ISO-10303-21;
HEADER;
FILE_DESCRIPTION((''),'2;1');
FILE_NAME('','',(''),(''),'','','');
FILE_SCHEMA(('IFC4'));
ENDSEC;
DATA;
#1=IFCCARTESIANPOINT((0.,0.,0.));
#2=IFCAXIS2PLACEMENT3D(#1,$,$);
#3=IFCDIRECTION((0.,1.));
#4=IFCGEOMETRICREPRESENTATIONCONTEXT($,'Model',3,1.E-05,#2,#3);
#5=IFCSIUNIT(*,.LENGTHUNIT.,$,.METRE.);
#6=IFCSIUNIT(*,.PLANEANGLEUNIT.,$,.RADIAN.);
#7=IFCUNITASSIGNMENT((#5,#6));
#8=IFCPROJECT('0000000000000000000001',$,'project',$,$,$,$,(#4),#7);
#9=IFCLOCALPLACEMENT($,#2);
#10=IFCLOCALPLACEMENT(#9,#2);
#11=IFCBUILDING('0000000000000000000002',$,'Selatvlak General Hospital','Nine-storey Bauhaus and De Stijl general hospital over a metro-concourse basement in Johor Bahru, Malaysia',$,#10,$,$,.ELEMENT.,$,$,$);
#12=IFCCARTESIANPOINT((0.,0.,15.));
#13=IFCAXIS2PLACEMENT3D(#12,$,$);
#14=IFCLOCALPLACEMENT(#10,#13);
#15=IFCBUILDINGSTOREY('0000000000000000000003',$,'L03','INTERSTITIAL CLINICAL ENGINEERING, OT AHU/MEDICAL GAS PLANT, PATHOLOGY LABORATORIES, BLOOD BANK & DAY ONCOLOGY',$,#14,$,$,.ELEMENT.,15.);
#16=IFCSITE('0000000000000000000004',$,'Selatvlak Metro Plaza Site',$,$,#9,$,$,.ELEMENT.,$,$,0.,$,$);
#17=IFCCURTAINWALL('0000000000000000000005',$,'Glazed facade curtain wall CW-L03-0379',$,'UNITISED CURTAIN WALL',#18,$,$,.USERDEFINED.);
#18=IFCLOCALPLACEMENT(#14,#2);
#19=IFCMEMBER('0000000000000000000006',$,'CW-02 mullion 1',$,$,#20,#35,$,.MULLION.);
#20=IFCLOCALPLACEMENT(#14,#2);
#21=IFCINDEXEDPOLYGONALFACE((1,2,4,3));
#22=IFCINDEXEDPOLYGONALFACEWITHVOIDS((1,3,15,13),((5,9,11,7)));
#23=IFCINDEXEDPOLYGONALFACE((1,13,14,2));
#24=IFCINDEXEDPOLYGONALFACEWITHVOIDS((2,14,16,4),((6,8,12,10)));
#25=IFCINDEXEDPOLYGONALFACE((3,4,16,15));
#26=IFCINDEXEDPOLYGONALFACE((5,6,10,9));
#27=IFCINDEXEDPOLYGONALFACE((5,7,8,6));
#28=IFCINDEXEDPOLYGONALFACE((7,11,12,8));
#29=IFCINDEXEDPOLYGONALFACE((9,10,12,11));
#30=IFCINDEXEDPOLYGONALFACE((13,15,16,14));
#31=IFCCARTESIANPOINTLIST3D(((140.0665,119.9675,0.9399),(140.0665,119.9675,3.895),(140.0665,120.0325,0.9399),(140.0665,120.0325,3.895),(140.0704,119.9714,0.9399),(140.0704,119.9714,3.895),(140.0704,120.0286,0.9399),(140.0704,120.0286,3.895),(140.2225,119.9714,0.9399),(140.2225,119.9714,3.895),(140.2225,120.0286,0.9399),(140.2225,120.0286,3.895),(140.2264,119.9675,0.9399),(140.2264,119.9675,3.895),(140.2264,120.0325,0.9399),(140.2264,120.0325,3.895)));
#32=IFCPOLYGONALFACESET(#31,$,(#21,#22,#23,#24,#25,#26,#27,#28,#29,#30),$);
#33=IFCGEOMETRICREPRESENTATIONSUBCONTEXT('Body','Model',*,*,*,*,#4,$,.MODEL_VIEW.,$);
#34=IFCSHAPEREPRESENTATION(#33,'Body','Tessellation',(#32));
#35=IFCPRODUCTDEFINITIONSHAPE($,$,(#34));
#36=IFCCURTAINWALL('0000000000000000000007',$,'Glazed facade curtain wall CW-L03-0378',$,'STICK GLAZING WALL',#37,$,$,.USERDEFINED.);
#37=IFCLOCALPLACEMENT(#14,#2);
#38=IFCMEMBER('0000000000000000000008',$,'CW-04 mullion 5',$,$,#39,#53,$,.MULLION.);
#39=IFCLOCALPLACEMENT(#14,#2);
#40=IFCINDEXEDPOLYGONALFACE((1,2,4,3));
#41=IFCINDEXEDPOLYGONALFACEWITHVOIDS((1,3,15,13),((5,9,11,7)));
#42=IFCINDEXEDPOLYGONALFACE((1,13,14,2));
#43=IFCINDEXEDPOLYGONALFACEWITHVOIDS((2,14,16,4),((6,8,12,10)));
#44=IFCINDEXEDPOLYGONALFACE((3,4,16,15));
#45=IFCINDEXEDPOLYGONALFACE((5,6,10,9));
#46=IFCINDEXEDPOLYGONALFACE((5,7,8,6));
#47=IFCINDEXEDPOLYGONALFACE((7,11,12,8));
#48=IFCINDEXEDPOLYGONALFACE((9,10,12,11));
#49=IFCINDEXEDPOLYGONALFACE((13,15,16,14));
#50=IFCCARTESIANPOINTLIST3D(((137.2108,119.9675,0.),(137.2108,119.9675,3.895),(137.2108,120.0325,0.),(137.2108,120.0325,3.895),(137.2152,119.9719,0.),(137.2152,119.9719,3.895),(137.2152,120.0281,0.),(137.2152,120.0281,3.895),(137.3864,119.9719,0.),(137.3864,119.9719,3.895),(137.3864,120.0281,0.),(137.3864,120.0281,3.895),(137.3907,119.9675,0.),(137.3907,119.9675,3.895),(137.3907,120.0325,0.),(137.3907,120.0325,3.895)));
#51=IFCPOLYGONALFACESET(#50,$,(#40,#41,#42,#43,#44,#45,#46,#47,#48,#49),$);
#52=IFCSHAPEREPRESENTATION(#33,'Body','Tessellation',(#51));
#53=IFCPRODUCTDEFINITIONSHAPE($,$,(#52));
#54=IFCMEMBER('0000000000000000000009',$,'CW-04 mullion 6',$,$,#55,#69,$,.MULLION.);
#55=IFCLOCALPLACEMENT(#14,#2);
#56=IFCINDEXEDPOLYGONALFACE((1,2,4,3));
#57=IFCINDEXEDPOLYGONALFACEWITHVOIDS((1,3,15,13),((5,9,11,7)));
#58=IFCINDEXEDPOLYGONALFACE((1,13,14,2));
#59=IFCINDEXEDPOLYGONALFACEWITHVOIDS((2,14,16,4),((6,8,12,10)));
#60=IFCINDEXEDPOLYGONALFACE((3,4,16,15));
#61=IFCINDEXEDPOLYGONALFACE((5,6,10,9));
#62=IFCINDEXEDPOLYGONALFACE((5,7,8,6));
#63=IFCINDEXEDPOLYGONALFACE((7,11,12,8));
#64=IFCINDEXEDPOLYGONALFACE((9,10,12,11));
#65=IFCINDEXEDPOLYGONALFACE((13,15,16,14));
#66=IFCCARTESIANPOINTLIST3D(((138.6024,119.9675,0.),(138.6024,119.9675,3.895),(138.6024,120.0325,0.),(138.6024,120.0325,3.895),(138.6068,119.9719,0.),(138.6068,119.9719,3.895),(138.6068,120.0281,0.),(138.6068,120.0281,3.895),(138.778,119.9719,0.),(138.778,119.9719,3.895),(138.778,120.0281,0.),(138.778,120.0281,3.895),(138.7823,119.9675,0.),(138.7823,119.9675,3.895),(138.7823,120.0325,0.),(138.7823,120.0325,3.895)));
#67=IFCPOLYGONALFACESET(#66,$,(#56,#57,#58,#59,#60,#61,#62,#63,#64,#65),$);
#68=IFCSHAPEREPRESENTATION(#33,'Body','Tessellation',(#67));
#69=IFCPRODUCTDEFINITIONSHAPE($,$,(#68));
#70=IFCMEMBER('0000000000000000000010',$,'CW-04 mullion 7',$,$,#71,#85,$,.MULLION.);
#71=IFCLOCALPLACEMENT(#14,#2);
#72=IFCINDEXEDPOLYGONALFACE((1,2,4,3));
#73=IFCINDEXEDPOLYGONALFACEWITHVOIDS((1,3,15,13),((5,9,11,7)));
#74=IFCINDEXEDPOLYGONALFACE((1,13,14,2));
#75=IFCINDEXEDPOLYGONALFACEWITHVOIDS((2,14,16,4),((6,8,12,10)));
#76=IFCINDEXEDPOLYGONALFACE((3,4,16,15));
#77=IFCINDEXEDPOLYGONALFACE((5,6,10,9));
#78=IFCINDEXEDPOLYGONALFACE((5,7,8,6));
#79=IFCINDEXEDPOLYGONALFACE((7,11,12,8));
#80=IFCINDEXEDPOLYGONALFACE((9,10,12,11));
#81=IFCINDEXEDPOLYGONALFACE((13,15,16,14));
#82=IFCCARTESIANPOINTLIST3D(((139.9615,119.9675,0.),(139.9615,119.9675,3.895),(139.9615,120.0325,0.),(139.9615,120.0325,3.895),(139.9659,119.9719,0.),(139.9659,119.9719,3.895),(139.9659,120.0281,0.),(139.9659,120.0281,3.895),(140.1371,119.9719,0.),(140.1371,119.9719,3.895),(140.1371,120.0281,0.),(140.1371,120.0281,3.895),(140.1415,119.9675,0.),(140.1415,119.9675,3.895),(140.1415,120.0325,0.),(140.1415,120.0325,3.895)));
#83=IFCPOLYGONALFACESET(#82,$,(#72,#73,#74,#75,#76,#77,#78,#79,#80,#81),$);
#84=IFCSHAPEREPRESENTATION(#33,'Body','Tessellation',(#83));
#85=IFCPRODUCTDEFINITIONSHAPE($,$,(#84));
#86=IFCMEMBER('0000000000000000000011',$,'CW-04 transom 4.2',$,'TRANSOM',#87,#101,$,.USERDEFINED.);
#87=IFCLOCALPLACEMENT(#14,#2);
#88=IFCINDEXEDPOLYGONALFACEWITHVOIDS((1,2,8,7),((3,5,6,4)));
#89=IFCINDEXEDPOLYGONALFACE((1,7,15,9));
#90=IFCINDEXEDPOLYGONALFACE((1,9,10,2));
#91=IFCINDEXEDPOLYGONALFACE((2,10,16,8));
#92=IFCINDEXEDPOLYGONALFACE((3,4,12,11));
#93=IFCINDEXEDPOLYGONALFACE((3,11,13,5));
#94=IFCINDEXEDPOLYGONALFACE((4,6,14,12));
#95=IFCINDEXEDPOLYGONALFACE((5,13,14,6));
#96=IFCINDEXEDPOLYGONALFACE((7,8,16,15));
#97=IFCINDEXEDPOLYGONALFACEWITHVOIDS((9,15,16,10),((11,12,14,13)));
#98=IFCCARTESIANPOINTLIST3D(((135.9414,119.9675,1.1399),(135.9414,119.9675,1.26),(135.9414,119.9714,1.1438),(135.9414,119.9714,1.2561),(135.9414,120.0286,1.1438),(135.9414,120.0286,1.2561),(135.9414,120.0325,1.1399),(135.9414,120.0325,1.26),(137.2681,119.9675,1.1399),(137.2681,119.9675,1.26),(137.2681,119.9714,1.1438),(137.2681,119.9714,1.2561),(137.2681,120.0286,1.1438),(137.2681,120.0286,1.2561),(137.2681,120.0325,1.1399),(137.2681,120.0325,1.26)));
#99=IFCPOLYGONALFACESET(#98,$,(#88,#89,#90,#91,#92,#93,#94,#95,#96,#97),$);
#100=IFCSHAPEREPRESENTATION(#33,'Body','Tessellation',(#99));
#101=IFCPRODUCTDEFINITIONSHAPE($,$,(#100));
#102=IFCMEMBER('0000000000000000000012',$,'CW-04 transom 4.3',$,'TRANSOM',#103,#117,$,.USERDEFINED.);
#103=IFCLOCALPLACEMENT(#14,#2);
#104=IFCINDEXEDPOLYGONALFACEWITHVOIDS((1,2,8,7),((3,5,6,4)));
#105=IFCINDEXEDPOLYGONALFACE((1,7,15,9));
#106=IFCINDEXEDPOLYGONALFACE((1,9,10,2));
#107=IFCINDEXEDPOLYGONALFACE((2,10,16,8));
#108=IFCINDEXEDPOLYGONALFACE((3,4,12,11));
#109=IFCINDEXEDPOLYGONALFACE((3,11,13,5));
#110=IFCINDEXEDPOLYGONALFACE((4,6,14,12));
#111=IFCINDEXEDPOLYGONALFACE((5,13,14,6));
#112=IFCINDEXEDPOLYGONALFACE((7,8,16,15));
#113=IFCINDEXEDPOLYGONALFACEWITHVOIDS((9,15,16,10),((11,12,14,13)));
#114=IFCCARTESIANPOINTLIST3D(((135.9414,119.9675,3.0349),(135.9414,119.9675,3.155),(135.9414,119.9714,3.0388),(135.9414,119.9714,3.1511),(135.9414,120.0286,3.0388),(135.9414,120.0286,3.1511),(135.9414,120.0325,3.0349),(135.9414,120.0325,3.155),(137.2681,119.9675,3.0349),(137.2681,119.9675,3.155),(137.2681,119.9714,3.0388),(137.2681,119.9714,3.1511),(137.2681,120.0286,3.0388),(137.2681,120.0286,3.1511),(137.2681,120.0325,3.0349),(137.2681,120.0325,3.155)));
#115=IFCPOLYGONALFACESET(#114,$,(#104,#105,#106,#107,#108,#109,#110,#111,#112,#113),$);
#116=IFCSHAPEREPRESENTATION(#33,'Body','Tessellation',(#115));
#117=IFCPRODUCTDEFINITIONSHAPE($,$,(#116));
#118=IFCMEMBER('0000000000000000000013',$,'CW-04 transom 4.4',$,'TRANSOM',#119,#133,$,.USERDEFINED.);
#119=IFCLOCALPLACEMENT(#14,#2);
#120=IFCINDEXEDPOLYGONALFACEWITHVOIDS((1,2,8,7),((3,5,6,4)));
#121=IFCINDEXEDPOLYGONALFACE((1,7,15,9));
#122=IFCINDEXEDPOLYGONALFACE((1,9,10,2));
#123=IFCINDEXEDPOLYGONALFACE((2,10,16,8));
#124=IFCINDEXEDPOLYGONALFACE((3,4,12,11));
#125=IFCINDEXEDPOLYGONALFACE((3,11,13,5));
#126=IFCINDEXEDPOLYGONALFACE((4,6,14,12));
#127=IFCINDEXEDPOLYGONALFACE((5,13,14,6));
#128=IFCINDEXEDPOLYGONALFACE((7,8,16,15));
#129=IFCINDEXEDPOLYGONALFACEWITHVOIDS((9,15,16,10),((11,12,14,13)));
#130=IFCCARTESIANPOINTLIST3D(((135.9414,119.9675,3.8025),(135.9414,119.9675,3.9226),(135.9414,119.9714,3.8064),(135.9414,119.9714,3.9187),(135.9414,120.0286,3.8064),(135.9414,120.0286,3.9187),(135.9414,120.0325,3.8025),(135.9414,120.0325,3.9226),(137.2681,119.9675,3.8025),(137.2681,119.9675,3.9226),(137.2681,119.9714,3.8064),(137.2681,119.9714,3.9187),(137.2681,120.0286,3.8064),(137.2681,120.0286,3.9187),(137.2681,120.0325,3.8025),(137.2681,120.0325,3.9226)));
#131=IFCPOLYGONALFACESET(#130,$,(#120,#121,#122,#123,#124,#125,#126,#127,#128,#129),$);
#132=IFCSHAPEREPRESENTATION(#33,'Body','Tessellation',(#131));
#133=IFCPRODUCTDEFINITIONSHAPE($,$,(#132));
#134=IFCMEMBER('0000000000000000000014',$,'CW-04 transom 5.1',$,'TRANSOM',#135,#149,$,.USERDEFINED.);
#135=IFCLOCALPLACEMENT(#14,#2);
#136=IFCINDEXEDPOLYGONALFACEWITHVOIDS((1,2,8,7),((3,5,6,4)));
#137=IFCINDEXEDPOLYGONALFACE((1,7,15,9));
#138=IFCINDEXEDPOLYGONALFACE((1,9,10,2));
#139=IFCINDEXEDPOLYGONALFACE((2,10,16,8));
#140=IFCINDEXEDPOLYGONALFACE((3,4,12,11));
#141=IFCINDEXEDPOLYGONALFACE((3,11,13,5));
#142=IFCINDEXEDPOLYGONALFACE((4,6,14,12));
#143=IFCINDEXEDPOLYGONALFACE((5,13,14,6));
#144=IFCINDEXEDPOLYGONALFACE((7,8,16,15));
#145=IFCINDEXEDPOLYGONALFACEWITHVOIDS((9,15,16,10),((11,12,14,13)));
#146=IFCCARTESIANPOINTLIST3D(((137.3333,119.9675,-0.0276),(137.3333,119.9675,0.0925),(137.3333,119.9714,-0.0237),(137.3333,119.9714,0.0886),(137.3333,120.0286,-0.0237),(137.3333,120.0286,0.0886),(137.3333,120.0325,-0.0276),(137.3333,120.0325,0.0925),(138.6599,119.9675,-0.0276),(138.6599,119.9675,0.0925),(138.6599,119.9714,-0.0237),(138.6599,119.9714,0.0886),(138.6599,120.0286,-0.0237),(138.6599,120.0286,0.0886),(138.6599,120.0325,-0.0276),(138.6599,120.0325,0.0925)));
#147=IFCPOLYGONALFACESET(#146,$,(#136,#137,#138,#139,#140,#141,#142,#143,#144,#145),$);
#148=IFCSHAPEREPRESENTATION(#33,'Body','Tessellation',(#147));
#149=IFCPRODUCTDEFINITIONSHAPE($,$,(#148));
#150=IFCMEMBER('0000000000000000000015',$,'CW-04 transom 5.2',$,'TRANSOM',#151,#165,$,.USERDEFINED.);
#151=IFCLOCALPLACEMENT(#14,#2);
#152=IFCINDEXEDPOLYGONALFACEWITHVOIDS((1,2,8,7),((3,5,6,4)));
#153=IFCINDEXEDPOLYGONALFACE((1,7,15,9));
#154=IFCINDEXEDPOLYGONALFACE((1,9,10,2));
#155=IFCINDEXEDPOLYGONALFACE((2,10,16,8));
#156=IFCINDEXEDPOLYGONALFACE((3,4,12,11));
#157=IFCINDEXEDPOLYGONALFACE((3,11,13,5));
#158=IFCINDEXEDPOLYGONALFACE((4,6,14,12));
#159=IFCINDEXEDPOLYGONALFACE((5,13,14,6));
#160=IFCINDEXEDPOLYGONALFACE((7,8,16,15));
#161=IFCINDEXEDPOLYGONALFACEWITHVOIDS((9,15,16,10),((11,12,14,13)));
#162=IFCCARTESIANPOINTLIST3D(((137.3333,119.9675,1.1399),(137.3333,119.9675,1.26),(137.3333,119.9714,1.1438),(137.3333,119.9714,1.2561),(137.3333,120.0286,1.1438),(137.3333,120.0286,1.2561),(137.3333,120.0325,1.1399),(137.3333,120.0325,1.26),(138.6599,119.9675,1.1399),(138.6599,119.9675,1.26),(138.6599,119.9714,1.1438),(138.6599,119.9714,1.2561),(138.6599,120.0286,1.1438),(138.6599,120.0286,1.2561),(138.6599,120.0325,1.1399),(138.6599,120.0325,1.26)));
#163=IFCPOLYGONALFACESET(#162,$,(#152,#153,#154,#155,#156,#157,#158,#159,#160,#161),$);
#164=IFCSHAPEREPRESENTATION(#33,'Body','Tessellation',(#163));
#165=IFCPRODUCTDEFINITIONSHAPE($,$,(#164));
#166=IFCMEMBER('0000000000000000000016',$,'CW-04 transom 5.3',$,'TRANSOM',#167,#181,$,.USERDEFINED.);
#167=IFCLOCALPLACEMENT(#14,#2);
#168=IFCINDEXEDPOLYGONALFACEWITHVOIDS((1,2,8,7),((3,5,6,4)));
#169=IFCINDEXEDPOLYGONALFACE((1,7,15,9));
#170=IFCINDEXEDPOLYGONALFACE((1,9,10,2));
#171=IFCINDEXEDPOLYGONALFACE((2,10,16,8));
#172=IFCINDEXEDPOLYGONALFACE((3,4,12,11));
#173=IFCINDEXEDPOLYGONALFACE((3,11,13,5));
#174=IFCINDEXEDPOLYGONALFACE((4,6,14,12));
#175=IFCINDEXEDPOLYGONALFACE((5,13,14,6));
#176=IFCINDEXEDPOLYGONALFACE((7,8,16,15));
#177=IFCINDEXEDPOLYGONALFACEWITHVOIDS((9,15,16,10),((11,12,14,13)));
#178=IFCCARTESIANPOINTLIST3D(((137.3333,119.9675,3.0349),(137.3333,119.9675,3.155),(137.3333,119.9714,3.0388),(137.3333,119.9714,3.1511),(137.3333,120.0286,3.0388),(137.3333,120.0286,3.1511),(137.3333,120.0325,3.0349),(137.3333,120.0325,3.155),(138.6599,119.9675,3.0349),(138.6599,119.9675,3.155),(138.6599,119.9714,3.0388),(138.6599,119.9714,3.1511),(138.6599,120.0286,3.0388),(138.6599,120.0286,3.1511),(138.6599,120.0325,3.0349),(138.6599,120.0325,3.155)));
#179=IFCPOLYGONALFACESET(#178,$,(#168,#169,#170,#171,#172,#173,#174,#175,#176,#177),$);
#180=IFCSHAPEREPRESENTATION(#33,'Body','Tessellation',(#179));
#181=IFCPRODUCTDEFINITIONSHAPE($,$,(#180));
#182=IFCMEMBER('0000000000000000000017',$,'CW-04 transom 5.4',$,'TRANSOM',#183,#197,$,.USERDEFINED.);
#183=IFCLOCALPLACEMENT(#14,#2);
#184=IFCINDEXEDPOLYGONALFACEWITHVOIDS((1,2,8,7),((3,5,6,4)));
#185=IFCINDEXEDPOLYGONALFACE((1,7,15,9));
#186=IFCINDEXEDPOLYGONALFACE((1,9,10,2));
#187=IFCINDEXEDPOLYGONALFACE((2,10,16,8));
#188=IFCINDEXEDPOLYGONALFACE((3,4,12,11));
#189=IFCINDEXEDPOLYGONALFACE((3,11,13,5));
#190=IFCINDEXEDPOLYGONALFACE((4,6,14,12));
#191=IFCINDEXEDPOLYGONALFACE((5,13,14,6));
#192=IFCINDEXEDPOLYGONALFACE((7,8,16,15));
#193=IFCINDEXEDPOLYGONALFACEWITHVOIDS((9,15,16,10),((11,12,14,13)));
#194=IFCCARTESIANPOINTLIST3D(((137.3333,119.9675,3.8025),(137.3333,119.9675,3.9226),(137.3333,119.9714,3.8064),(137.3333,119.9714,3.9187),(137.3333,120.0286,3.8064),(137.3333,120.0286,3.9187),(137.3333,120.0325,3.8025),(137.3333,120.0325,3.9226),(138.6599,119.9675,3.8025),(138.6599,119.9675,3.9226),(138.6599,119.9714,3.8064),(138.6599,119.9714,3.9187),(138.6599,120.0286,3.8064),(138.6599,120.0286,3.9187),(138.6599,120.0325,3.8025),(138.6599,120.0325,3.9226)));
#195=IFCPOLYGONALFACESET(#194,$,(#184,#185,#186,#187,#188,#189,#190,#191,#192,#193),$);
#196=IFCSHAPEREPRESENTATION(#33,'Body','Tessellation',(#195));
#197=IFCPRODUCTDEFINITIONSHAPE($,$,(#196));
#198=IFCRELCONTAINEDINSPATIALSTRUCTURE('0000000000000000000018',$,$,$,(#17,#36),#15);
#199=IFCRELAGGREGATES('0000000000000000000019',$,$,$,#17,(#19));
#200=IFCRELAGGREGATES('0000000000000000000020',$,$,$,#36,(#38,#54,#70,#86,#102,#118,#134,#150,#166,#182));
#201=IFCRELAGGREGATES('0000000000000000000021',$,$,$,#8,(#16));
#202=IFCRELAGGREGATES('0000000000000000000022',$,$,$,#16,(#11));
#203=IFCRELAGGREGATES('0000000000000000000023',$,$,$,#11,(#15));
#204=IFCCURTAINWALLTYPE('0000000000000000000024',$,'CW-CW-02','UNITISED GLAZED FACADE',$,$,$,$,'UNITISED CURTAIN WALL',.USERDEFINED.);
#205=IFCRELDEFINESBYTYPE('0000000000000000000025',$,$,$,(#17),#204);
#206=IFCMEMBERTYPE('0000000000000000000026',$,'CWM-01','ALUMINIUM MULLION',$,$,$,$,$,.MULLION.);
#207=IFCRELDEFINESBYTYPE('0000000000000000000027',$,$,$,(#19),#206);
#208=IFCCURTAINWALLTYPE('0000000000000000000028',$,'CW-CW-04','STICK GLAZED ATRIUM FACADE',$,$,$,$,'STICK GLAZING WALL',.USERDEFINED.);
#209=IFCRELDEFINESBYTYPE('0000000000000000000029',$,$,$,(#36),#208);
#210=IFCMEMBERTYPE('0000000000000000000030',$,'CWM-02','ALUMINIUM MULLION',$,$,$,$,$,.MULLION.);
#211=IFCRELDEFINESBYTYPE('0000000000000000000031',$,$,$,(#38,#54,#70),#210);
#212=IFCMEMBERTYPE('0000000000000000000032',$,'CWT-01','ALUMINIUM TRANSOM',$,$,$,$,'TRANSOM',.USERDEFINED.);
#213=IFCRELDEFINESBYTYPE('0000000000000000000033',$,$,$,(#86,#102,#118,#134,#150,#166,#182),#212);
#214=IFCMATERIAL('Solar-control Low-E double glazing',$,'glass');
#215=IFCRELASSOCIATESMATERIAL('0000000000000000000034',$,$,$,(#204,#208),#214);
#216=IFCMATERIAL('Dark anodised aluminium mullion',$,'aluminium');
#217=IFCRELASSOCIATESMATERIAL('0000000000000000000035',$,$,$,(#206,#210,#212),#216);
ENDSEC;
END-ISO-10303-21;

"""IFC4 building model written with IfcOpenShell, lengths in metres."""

from ifc_helpers import new_model, si_unit, direction, frame, origin, origin_2d, place, context, subcontext, project, spatial, hollow_rectangle, extrude, material, material_profile, profile_set, type_object, element, aggregate, save


model = new_model("IFC4")

# Units and contexts
model_context = context("Model", 3, precision=1e-05, world=origin(), true_north=direction((0.0, 1.0)))
body_context = subcontext(model_context, "Body", "Model", "MODEL_VIEW")
ifc_project = project(units=[si_unit("LENGTHUNIT", "METRE"), si_unit("PLANEANGLEUNIT", "RADIAN")], contexts=[model_context])

# Site, building, storey
site_placement = place(None, origin())
site = spatial("IfcSite", under=ifc_project, at=site_placement, Name="Selatvlak Metro Plaza Site", CompositionType="ELEMENT", RefElevation=0.0)
building_placement = place(site_placement, origin())
building = spatial("IfcBuilding", under=site, at=building_placement, Name="Selatvlak General Hospital", Description="Nine-storey Bauhaus and De Stijl general hospital over a metro-concourse basement in Johor Bahru, Malaysia", CompositionType="ELEMENT")
storey_placement = place(building_placement, frame((0.0, 0.0, 15.0)))
storey = spatial("IfcBuildingStorey", under=building, at=storey_placement, Name="L03", Description="INTERSTITIAL CLINICAL ENGINEERING, OT AHU/MEDICAL GAS PLANT, PATHOLOGY LABORATORIES, BLOOD BANK & DAY ONCOLOGY", CompositionType="ELEMENT", Elevation=15.0)

# Curtain wall, member
ifc_material_1 = material(Name="Solar-control Low-E double glazing", Category="glass")
curtain_wall_type_1 = type_object("IfcCurtainWallType", Name="CW-CW-02", Description="UNITISED GLAZED FACADE", ElementType="UNITISED CURTAIN WALL", PredefinedType="USERDEFINED", material=ifc_material_1)
curtain_wall_1_placement = place(storey_placement, origin())
curtain_wall_1 = element("IfcCurtainWall", 1, at=curtain_wall_1_placement, inside=storey, type_object=curtain_wall_type_1, Name="Glazed facade curtain wall CW-L03-0379", ObjectType="UNITISED CURTAIN WALL", PredefinedType="USERDEFINED")
ifc_material_2 = material(Name="Dark anodised aluminium mullion", Category="aluminium")
ifc_material_profile_1 = material_profile(ifc_material_2, hollow_rectangle(XDim=0.0649, YDim=0.1599, WallThickness=0.0039, at=origin_2d()), Name="AL-MUL 65x160x4")
ifc_profile_set_1 = profile_set([ifc_material_profile_1], Name="Dark anodised aluminium mullion")
member_type_1 = type_object("IfcMemberType", Name="CWM-01", Description="ALUMINIUM MULLION", PredefinedType="MULLION", material=ifc_profile_set_1)
member_1_placement = place(storey_placement, frame((140.1465, 120.0, 0.9399), z_axis=(0.0, 0.0, 1.0), x_axis=(0.0, 1.0, 0.0)))
member_1 = element("IfcMember", 2, at=member_1_placement, type_object=member_type_1, Name="CW-02 mullion 1", PredefinedType="MULLION", context=body_context, shape_type="SweptSolid", body=[
    extrude(hollow_rectangle(XDim=0.0649, YDim=0.1599, WallThickness=0.0039, at=origin_2d()), origin(), (0.0, 0.0, 1.0), 2.9551),
])

# Curtain wall, members
curtain_wall_type_2 = type_object("IfcCurtainWallType", Name="CW-CW-04", Description="STICK GLAZED ATRIUM FACADE", ElementType="STICK GLAZING WALL", PredefinedType="USERDEFINED", material=ifc_material_1)
curtain_wall_2_placement = place(storey_placement, origin())
curtain_wall_2 = element("IfcCurtainWall", 3, at=curtain_wall_2_placement, inside=storey, type_object=curtain_wall_type_2, Name="Glazed facade curtain wall CW-L03-0378", ObjectType="STICK GLAZING WALL", PredefinedType="USERDEFINED")
ifc_material_profile_2 = material_profile(ifc_material_2, hollow_rectangle(XDim=0.0649, YDim=0.1799, WallThickness=0.0044, at=origin_2d()), Name="AL-MUL 65x180x4.5")
ifc_profile_set_2 = profile_set([ifc_material_profile_2], Name="Dark anodised aluminium mullion")
member_type_2 = type_object("IfcMemberType", Name="CWM-02", Description="ALUMINIUM MULLION", PredefinedType="MULLION", material=ifc_profile_set_2)
member_2_placement = place(storey_placement, frame((137.3008, 120.0, 0.0), z_axis=(0.0, 0.0, 1.0), x_axis=(0.0, 1.0, 0.0)))
member_2 = element("IfcMember", 4, at=member_2_placement, type_object=member_type_2, Name="CW-04 mullion 5", PredefinedType="MULLION", context=body_context, shape_type="SweptSolid", body=[
    extrude(hollow_rectangle(XDim=0.0649, YDim=0.1799, WallThickness=0.0044, at=origin_2d()), origin(), (0.0, 0.0, 1.0), 3.895),
])
member_3_placement = place(storey_placement, frame((138.6924, 120.0, 0.0), z_axis=(0.0, 0.0, 1.0), x_axis=(0.0, 1.0, 0.0)))
member_3 = element("IfcMember", 5, at=member_3_placement, type_object=member_type_2, Name="CW-04 mullion 6", PredefinedType="MULLION", context=body_context, shape_type="SweptSolid", body=[
    extrude(hollow_rectangle(XDim=0.0649, YDim=0.1799, WallThickness=0.0044, at=origin_2d()), origin(), (0.0, 0.0, 1.0), 3.895),
])
member_4_placement = place(storey_placement, frame((140.0515, 120.0, 0.0), z_axis=(0.0, 0.0, 1.0), x_axis=(0.0, 1.0, 0.0)))
member_4 = element("IfcMember", 6, at=member_4_placement, type_object=member_type_2, Name="CW-04 mullion 7", PredefinedType="MULLION", context=body_context, shape_type="SweptSolid", body=[
    extrude(hollow_rectangle(XDim=0.0649, YDim=0.1799, WallThickness=0.0044, at=origin_2d()), origin(), (0.0, 0.0, 1.0), 3.895),
])
ifc_material_profile_3 = material_profile(ifc_material_2, hollow_rectangle(XDim=0.0649, YDim=0.1201, WallThickness=0.0039, at=origin_2d()), Name="AL-TRN 65x120x4")
ifc_profile_set_3 = profile_set([ifc_material_profile_3], Name="Dark anodised aluminium mullion")
member_type_3 = type_object("IfcMemberType", Name="CWT-01", Description="ALUMINIUM TRANSOM", ElementType="TRANSOM", PredefinedType="USERDEFINED", material=ifc_profile_set_3)
member_5_placement = place(storey_placement, frame((135.9414, 120.0, 1.2), z_axis=(1.0, 0.0, 0.0), x_axis=(0.0, 1.0, 0.0)))
member_5 = element("IfcMember", 7, at=member_5_placement, type_object=member_type_3, Name="CW-04 transom 4.2", ObjectType="TRANSOM", PredefinedType="USERDEFINED", context=body_context, shape_type="SweptSolid", body=[
    extrude(hollow_rectangle(XDim=0.0649, YDim=0.1201, WallThickness=0.0039, at=origin_2d()), origin(), (0.0, 0.0, 1.0), 1.3267),
])
member_6_placement = place(storey_placement, frame((135.9414, 120.0, 3.095), z_axis=(1.0, 0.0, 0.0), x_axis=(0.0, 1.0, 0.0)))
member_6 = element("IfcMember", 8, at=member_6_placement, type_object=member_type_3, Name="CW-04 transom 4.3", ObjectType="TRANSOM", PredefinedType="USERDEFINED", context=body_context, shape_type="SweptSolid", body=[
    extrude(hollow_rectangle(XDim=0.0649, YDim=0.1201, WallThickness=0.0039, at=origin_2d()), origin(), (0.0, 0.0, 1.0), 1.3267),
])
member_7_placement = place(storey_placement, frame((135.9414, 120.0, 3.8625), z_axis=(1.0, 0.0, 0.0), x_axis=(0.0, 1.0, 0.0)))
member_7 = element("IfcMember", 9, at=member_7_placement, type_object=member_type_3, Name="CW-04 transom 4.4", ObjectType="TRANSOM", PredefinedType="USERDEFINED", context=body_context, shape_type="SweptSolid", body=[
    extrude(hollow_rectangle(XDim=0.0649, YDim=0.1201, WallThickness=0.0039, at=origin_2d()), origin(), (0.0, 0.0, 1.0), 1.3267),
])
member_8_placement = place(storey_placement, frame((137.3333, 120.0, 0.0325), z_axis=(1.0, 0.0, 0.0), x_axis=(0.0, 1.0, 0.0)))
member_8 = element("IfcMember", 10, at=member_8_placement, type_object=member_type_3, Name="CW-04 transom 5.1", ObjectType="TRANSOM", PredefinedType="USERDEFINED", context=body_context, shape_type="SweptSolid", body=[
    extrude(hollow_rectangle(XDim=0.0649, YDim=0.1201, WallThickness=0.0039, at=origin_2d()), origin(), (0.0, 0.0, 1.0), 1.3267),
])
member_9_placement = place(storey_placement, frame((137.3333, 120.0, 1.2), z_axis=(1.0, 0.0, 0.0), x_axis=(0.0, 1.0, 0.0)))
member_9 = element("IfcMember", 11, at=member_9_placement, type_object=member_type_3, Name="CW-04 transom 5.2", ObjectType="TRANSOM", PredefinedType="USERDEFINED", context=body_context, shape_type="SweptSolid", body=[
    extrude(hollow_rectangle(XDim=0.0649, YDim=0.1201, WallThickness=0.0039, at=origin_2d()), origin(), (0.0, 0.0, 1.0), 1.3267),
])
member_10_placement = place(storey_placement, frame((137.3333, 120.0, 3.095), z_axis=(1.0, 0.0, 0.0), x_axis=(0.0, 1.0, 0.0)))
member_10 = element("IfcMember", 12, at=member_10_placement, type_object=member_type_3, Name="CW-04 transom 5.3", ObjectType="TRANSOM", PredefinedType="USERDEFINED", context=body_context, shape_type="SweptSolid", body=[
    extrude(hollow_rectangle(XDim=0.0649, YDim=0.1201, WallThickness=0.0039, at=origin_2d()), origin(), (0.0, 0.0, 1.0), 1.3267),
])
member_11_placement = place(storey_placement, frame((137.3333, 120.0, 3.8625), z_axis=(1.0, 0.0, 0.0), x_axis=(0.0, 1.0, 0.0)))
member_11 = element("IfcMember", 13, at=member_11_placement, type_object=member_type_3, Name="CW-04 transom 5.4", ObjectType="TRANSOM", PredefinedType="USERDEFINED", context=body_context, shape_type="SweptSolid", body=[
    extrude(hollow_rectangle(XDim=0.0649, YDim=0.1201, WallThickness=0.0039, at=origin_2d()), origin(), (0.0, 0.0, 1.0), 1.3267),
])

aggregate(curtain_wall_1, [member_1])

aggregate(curtain_wall_2, [member_2, member_3, member_4, member_5, member_6, member_7, member_8, member_9, member_10, member_11])

save(model, "model.ifc")
